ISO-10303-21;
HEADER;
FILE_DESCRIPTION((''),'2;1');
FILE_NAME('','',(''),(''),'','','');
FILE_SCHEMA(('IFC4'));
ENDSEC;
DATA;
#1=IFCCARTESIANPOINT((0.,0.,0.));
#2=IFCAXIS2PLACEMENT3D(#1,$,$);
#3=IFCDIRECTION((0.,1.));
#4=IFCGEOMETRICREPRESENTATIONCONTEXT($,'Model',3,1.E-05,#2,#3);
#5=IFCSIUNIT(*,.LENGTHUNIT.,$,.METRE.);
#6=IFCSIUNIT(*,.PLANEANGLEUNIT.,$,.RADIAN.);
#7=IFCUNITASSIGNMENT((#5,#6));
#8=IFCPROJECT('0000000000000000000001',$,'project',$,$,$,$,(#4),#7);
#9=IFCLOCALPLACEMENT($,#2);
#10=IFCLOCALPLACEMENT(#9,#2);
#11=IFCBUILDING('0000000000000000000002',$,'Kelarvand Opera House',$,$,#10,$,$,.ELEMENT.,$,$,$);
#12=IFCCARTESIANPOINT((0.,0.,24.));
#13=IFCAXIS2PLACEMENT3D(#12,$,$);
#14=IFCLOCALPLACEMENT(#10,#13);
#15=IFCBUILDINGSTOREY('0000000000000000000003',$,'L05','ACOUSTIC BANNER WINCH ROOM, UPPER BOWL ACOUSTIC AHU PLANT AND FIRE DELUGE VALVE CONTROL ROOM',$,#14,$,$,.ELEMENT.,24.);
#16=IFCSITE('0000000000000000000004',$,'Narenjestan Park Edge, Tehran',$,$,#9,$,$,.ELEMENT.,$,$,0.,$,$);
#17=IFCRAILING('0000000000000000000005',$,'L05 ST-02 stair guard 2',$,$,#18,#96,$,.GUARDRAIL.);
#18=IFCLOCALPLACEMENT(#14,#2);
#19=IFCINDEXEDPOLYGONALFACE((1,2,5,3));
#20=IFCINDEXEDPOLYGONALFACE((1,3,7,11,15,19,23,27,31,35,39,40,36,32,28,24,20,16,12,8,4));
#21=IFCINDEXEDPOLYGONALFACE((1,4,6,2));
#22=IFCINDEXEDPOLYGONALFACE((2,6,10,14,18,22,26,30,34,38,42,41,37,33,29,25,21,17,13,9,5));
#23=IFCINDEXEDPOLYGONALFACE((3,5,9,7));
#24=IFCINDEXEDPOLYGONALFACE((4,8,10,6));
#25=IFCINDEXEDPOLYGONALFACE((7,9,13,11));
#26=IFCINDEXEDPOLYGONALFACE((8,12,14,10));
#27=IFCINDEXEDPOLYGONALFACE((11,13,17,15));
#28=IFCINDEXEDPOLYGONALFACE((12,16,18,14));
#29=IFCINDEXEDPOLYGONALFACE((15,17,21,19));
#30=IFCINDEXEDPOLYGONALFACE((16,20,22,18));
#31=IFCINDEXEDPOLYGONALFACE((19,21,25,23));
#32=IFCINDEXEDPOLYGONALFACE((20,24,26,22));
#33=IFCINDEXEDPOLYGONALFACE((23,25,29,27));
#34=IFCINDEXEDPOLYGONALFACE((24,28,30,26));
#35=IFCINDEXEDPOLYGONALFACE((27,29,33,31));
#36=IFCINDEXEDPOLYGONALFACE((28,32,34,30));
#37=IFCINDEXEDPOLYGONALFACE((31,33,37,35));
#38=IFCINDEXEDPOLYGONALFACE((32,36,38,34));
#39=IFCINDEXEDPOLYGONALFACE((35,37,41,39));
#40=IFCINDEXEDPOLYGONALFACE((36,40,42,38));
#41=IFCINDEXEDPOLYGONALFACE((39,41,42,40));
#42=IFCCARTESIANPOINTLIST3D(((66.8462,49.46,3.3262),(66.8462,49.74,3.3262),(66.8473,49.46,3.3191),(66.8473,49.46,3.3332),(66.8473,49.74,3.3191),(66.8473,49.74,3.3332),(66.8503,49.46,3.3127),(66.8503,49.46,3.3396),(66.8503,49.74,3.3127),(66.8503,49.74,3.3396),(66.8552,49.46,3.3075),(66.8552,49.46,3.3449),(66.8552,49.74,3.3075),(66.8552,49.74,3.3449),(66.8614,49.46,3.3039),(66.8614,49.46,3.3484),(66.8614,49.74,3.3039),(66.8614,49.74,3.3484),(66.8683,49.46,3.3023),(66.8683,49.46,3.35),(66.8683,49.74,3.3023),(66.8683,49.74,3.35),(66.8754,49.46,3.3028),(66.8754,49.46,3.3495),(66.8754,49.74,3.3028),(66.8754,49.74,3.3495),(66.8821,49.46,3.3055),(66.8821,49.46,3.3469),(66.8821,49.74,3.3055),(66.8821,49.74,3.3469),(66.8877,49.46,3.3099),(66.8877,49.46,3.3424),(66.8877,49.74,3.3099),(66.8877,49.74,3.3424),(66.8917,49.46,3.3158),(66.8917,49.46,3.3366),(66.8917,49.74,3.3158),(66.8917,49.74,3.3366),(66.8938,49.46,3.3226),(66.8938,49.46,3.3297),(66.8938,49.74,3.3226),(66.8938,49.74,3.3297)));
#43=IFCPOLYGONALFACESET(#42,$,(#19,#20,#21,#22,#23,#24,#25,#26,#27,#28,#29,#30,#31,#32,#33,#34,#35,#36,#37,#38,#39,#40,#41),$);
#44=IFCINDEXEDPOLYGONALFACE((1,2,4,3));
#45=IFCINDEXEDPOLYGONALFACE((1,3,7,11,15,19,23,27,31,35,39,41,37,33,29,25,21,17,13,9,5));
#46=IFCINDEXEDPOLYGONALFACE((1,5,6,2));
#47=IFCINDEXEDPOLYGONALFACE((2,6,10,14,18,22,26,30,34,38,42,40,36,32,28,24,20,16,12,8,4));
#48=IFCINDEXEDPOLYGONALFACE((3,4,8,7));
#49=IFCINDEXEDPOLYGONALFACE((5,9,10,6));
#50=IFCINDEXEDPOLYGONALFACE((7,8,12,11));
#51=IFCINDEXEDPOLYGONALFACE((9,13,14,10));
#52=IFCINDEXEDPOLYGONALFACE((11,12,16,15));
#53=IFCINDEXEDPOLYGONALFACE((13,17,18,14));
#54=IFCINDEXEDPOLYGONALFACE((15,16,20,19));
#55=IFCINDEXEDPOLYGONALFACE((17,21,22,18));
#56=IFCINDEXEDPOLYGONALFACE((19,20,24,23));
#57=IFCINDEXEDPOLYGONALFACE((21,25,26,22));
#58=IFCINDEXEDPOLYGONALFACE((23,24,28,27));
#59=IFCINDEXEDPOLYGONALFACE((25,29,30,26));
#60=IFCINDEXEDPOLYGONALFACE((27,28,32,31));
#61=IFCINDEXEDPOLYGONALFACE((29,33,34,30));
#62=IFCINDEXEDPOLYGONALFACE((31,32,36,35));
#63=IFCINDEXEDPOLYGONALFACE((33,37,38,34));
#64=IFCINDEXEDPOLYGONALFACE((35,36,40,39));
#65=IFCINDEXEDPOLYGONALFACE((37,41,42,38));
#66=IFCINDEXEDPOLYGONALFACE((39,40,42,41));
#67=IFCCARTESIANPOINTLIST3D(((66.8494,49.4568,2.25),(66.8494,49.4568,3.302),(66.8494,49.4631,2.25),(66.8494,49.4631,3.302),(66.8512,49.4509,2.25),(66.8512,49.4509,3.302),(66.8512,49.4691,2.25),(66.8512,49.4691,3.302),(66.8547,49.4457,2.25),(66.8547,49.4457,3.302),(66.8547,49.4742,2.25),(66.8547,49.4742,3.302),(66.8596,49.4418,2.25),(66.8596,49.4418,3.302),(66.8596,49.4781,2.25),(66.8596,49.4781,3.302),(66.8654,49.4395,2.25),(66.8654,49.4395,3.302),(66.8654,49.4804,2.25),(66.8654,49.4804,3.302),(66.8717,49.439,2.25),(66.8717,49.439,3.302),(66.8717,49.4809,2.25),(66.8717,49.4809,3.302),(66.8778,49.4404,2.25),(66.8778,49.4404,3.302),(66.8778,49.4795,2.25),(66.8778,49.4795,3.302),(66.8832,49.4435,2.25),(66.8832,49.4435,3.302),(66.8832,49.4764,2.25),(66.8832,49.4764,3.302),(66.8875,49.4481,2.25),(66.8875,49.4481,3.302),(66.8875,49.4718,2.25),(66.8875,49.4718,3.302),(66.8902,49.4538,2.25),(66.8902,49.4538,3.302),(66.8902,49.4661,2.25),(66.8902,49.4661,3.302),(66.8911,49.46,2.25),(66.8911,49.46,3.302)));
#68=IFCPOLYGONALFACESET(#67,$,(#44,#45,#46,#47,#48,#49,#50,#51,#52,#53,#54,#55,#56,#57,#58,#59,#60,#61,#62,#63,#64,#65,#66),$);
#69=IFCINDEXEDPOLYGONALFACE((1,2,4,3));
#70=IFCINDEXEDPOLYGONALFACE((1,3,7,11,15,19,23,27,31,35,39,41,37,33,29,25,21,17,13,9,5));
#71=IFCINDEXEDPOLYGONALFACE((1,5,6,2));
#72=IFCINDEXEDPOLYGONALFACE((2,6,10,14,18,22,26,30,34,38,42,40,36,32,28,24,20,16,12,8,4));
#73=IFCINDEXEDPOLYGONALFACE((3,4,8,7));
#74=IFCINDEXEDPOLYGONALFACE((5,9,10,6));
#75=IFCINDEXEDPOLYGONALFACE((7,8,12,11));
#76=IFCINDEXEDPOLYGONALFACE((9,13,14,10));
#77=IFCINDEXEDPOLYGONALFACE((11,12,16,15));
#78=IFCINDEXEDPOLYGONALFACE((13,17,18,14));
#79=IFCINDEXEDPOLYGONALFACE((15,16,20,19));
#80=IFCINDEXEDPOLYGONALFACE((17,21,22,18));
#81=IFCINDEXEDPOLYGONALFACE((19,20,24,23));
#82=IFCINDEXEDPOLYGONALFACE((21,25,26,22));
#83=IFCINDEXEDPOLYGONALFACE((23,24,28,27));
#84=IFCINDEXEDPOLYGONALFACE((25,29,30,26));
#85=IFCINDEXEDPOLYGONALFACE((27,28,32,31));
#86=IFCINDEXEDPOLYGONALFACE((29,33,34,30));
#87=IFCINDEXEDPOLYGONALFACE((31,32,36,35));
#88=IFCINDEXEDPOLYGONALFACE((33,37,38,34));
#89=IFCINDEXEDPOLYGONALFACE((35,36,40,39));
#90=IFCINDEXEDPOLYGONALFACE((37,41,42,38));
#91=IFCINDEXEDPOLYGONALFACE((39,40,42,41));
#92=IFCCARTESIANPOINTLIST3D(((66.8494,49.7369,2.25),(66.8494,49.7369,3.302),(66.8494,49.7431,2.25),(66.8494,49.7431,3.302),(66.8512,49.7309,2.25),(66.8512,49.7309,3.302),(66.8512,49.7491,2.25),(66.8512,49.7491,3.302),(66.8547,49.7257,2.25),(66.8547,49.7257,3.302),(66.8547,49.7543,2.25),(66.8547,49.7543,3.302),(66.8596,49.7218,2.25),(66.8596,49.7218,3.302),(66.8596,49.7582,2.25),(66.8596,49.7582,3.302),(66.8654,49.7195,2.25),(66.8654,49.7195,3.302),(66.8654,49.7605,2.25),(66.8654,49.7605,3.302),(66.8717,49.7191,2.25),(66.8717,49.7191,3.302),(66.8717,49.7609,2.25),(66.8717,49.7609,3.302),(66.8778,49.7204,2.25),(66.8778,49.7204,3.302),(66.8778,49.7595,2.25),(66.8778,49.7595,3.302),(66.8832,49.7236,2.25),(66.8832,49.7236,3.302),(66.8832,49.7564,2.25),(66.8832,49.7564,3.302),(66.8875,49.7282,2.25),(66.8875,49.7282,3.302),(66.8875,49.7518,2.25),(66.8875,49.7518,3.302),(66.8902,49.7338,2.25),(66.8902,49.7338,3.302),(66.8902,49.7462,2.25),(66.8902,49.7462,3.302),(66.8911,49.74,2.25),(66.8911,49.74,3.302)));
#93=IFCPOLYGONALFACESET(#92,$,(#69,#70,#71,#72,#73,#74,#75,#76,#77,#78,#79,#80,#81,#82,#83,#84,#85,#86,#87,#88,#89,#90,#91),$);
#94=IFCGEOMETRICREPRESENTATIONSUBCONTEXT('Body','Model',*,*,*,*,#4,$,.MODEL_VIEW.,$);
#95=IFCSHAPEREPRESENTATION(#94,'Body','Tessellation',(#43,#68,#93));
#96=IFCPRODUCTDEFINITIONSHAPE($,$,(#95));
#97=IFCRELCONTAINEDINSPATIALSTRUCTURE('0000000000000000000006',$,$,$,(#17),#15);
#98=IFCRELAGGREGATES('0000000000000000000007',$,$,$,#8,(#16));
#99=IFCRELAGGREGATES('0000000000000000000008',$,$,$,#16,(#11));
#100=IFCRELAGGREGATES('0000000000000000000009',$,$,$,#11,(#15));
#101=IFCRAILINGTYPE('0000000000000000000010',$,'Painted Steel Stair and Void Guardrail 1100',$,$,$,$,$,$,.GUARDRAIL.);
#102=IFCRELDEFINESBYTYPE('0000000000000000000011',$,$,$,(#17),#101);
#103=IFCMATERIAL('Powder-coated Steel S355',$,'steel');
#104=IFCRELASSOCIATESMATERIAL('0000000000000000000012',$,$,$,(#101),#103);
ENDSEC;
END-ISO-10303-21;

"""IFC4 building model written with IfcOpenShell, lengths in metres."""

from ifc_helpers import new_model, si_unit, direction, frame, origin, origin_2d, place, context, subcontext, project, spatial, circle, extrude, material, type_object, element, save


model = new_model("IFC4")

# Units and contexts
model_context = context("Model", 3, precision=1e-05, world=origin(), true_north=direction((0.0, 1.0)))
body_context = subcontext(model_context, "Body", "Model", "MODEL_VIEW")
ifc_project = project(units=[si_unit("LENGTHUNIT", "METRE"), si_unit("PLANEANGLEUNIT", "RADIAN")], contexts=[model_context])

# Site, building, storey
site_placement = place(None, origin())
site = spatial("IfcSite", under=ifc_project, at=site_placement, Name="Narenjestan Park Edge, Tehran", CompositionType="ELEMENT", RefElevation=0.0)
building_placement = place(site_placement, origin())
building = spatial("IfcBuilding", under=site, at=building_placement, Name="Kelarvand Opera House", CompositionType="ELEMENT")
storey_placement = place(building_placement, frame((0.0, 0.0, 24.0)))
storey = spatial("IfcBuildingStorey", under=building, at=storey_placement, Name="L05", Description="ACOUSTIC BANNER WINCH ROOM, UPPER BOWL ACOUSTIC AHU PLANT AND FIRE DELUGE VALVE CONTROL ROOM", CompositionType="ELEMENT", Elevation=24.0)

# Railing
ifc_material_1 = material(Name="Powder-coated Steel S355", Category="steel")
railing_type_1 = type_object("IfcRailingType", Name="Painted Steel Stair and Void Guardrail 1100", PredefinedType="GUARDRAIL", material=ifc_material_1)
railing_1_placement = place(storey_placement, frame((66.8701, 49.46, 2.25)))
element("IfcRailing", 1, at=railing_1_placement, inside=storey, type_object=railing_type_1, Name="L05 ST-02 stair guard 2", PredefinedType="GUARDRAIL", context=body_context, shape_type="SweptSolid", body=[
    extrude(circle(Radius=0.0239, at=origin_2d()), frame((0.0, 0.0, 1.0762), z_axis=(0.0, 1.0, 0.0), x_axis=(-1.0, 0.0, 0.0)), (0.0, 0.0, 1.0), 0.28),
    extrude(circle(Radius=0.021, at=origin_2d()), origin(), (0.0, 0.0, 1.0), 1.052),
    extrude(circle(Radius=0.021, at=origin_2d()), frame((0.0, 0.28, 0.0)), (0.0, 0.0, 1.0), 1.052),
])

save(model, "model.ifc")
